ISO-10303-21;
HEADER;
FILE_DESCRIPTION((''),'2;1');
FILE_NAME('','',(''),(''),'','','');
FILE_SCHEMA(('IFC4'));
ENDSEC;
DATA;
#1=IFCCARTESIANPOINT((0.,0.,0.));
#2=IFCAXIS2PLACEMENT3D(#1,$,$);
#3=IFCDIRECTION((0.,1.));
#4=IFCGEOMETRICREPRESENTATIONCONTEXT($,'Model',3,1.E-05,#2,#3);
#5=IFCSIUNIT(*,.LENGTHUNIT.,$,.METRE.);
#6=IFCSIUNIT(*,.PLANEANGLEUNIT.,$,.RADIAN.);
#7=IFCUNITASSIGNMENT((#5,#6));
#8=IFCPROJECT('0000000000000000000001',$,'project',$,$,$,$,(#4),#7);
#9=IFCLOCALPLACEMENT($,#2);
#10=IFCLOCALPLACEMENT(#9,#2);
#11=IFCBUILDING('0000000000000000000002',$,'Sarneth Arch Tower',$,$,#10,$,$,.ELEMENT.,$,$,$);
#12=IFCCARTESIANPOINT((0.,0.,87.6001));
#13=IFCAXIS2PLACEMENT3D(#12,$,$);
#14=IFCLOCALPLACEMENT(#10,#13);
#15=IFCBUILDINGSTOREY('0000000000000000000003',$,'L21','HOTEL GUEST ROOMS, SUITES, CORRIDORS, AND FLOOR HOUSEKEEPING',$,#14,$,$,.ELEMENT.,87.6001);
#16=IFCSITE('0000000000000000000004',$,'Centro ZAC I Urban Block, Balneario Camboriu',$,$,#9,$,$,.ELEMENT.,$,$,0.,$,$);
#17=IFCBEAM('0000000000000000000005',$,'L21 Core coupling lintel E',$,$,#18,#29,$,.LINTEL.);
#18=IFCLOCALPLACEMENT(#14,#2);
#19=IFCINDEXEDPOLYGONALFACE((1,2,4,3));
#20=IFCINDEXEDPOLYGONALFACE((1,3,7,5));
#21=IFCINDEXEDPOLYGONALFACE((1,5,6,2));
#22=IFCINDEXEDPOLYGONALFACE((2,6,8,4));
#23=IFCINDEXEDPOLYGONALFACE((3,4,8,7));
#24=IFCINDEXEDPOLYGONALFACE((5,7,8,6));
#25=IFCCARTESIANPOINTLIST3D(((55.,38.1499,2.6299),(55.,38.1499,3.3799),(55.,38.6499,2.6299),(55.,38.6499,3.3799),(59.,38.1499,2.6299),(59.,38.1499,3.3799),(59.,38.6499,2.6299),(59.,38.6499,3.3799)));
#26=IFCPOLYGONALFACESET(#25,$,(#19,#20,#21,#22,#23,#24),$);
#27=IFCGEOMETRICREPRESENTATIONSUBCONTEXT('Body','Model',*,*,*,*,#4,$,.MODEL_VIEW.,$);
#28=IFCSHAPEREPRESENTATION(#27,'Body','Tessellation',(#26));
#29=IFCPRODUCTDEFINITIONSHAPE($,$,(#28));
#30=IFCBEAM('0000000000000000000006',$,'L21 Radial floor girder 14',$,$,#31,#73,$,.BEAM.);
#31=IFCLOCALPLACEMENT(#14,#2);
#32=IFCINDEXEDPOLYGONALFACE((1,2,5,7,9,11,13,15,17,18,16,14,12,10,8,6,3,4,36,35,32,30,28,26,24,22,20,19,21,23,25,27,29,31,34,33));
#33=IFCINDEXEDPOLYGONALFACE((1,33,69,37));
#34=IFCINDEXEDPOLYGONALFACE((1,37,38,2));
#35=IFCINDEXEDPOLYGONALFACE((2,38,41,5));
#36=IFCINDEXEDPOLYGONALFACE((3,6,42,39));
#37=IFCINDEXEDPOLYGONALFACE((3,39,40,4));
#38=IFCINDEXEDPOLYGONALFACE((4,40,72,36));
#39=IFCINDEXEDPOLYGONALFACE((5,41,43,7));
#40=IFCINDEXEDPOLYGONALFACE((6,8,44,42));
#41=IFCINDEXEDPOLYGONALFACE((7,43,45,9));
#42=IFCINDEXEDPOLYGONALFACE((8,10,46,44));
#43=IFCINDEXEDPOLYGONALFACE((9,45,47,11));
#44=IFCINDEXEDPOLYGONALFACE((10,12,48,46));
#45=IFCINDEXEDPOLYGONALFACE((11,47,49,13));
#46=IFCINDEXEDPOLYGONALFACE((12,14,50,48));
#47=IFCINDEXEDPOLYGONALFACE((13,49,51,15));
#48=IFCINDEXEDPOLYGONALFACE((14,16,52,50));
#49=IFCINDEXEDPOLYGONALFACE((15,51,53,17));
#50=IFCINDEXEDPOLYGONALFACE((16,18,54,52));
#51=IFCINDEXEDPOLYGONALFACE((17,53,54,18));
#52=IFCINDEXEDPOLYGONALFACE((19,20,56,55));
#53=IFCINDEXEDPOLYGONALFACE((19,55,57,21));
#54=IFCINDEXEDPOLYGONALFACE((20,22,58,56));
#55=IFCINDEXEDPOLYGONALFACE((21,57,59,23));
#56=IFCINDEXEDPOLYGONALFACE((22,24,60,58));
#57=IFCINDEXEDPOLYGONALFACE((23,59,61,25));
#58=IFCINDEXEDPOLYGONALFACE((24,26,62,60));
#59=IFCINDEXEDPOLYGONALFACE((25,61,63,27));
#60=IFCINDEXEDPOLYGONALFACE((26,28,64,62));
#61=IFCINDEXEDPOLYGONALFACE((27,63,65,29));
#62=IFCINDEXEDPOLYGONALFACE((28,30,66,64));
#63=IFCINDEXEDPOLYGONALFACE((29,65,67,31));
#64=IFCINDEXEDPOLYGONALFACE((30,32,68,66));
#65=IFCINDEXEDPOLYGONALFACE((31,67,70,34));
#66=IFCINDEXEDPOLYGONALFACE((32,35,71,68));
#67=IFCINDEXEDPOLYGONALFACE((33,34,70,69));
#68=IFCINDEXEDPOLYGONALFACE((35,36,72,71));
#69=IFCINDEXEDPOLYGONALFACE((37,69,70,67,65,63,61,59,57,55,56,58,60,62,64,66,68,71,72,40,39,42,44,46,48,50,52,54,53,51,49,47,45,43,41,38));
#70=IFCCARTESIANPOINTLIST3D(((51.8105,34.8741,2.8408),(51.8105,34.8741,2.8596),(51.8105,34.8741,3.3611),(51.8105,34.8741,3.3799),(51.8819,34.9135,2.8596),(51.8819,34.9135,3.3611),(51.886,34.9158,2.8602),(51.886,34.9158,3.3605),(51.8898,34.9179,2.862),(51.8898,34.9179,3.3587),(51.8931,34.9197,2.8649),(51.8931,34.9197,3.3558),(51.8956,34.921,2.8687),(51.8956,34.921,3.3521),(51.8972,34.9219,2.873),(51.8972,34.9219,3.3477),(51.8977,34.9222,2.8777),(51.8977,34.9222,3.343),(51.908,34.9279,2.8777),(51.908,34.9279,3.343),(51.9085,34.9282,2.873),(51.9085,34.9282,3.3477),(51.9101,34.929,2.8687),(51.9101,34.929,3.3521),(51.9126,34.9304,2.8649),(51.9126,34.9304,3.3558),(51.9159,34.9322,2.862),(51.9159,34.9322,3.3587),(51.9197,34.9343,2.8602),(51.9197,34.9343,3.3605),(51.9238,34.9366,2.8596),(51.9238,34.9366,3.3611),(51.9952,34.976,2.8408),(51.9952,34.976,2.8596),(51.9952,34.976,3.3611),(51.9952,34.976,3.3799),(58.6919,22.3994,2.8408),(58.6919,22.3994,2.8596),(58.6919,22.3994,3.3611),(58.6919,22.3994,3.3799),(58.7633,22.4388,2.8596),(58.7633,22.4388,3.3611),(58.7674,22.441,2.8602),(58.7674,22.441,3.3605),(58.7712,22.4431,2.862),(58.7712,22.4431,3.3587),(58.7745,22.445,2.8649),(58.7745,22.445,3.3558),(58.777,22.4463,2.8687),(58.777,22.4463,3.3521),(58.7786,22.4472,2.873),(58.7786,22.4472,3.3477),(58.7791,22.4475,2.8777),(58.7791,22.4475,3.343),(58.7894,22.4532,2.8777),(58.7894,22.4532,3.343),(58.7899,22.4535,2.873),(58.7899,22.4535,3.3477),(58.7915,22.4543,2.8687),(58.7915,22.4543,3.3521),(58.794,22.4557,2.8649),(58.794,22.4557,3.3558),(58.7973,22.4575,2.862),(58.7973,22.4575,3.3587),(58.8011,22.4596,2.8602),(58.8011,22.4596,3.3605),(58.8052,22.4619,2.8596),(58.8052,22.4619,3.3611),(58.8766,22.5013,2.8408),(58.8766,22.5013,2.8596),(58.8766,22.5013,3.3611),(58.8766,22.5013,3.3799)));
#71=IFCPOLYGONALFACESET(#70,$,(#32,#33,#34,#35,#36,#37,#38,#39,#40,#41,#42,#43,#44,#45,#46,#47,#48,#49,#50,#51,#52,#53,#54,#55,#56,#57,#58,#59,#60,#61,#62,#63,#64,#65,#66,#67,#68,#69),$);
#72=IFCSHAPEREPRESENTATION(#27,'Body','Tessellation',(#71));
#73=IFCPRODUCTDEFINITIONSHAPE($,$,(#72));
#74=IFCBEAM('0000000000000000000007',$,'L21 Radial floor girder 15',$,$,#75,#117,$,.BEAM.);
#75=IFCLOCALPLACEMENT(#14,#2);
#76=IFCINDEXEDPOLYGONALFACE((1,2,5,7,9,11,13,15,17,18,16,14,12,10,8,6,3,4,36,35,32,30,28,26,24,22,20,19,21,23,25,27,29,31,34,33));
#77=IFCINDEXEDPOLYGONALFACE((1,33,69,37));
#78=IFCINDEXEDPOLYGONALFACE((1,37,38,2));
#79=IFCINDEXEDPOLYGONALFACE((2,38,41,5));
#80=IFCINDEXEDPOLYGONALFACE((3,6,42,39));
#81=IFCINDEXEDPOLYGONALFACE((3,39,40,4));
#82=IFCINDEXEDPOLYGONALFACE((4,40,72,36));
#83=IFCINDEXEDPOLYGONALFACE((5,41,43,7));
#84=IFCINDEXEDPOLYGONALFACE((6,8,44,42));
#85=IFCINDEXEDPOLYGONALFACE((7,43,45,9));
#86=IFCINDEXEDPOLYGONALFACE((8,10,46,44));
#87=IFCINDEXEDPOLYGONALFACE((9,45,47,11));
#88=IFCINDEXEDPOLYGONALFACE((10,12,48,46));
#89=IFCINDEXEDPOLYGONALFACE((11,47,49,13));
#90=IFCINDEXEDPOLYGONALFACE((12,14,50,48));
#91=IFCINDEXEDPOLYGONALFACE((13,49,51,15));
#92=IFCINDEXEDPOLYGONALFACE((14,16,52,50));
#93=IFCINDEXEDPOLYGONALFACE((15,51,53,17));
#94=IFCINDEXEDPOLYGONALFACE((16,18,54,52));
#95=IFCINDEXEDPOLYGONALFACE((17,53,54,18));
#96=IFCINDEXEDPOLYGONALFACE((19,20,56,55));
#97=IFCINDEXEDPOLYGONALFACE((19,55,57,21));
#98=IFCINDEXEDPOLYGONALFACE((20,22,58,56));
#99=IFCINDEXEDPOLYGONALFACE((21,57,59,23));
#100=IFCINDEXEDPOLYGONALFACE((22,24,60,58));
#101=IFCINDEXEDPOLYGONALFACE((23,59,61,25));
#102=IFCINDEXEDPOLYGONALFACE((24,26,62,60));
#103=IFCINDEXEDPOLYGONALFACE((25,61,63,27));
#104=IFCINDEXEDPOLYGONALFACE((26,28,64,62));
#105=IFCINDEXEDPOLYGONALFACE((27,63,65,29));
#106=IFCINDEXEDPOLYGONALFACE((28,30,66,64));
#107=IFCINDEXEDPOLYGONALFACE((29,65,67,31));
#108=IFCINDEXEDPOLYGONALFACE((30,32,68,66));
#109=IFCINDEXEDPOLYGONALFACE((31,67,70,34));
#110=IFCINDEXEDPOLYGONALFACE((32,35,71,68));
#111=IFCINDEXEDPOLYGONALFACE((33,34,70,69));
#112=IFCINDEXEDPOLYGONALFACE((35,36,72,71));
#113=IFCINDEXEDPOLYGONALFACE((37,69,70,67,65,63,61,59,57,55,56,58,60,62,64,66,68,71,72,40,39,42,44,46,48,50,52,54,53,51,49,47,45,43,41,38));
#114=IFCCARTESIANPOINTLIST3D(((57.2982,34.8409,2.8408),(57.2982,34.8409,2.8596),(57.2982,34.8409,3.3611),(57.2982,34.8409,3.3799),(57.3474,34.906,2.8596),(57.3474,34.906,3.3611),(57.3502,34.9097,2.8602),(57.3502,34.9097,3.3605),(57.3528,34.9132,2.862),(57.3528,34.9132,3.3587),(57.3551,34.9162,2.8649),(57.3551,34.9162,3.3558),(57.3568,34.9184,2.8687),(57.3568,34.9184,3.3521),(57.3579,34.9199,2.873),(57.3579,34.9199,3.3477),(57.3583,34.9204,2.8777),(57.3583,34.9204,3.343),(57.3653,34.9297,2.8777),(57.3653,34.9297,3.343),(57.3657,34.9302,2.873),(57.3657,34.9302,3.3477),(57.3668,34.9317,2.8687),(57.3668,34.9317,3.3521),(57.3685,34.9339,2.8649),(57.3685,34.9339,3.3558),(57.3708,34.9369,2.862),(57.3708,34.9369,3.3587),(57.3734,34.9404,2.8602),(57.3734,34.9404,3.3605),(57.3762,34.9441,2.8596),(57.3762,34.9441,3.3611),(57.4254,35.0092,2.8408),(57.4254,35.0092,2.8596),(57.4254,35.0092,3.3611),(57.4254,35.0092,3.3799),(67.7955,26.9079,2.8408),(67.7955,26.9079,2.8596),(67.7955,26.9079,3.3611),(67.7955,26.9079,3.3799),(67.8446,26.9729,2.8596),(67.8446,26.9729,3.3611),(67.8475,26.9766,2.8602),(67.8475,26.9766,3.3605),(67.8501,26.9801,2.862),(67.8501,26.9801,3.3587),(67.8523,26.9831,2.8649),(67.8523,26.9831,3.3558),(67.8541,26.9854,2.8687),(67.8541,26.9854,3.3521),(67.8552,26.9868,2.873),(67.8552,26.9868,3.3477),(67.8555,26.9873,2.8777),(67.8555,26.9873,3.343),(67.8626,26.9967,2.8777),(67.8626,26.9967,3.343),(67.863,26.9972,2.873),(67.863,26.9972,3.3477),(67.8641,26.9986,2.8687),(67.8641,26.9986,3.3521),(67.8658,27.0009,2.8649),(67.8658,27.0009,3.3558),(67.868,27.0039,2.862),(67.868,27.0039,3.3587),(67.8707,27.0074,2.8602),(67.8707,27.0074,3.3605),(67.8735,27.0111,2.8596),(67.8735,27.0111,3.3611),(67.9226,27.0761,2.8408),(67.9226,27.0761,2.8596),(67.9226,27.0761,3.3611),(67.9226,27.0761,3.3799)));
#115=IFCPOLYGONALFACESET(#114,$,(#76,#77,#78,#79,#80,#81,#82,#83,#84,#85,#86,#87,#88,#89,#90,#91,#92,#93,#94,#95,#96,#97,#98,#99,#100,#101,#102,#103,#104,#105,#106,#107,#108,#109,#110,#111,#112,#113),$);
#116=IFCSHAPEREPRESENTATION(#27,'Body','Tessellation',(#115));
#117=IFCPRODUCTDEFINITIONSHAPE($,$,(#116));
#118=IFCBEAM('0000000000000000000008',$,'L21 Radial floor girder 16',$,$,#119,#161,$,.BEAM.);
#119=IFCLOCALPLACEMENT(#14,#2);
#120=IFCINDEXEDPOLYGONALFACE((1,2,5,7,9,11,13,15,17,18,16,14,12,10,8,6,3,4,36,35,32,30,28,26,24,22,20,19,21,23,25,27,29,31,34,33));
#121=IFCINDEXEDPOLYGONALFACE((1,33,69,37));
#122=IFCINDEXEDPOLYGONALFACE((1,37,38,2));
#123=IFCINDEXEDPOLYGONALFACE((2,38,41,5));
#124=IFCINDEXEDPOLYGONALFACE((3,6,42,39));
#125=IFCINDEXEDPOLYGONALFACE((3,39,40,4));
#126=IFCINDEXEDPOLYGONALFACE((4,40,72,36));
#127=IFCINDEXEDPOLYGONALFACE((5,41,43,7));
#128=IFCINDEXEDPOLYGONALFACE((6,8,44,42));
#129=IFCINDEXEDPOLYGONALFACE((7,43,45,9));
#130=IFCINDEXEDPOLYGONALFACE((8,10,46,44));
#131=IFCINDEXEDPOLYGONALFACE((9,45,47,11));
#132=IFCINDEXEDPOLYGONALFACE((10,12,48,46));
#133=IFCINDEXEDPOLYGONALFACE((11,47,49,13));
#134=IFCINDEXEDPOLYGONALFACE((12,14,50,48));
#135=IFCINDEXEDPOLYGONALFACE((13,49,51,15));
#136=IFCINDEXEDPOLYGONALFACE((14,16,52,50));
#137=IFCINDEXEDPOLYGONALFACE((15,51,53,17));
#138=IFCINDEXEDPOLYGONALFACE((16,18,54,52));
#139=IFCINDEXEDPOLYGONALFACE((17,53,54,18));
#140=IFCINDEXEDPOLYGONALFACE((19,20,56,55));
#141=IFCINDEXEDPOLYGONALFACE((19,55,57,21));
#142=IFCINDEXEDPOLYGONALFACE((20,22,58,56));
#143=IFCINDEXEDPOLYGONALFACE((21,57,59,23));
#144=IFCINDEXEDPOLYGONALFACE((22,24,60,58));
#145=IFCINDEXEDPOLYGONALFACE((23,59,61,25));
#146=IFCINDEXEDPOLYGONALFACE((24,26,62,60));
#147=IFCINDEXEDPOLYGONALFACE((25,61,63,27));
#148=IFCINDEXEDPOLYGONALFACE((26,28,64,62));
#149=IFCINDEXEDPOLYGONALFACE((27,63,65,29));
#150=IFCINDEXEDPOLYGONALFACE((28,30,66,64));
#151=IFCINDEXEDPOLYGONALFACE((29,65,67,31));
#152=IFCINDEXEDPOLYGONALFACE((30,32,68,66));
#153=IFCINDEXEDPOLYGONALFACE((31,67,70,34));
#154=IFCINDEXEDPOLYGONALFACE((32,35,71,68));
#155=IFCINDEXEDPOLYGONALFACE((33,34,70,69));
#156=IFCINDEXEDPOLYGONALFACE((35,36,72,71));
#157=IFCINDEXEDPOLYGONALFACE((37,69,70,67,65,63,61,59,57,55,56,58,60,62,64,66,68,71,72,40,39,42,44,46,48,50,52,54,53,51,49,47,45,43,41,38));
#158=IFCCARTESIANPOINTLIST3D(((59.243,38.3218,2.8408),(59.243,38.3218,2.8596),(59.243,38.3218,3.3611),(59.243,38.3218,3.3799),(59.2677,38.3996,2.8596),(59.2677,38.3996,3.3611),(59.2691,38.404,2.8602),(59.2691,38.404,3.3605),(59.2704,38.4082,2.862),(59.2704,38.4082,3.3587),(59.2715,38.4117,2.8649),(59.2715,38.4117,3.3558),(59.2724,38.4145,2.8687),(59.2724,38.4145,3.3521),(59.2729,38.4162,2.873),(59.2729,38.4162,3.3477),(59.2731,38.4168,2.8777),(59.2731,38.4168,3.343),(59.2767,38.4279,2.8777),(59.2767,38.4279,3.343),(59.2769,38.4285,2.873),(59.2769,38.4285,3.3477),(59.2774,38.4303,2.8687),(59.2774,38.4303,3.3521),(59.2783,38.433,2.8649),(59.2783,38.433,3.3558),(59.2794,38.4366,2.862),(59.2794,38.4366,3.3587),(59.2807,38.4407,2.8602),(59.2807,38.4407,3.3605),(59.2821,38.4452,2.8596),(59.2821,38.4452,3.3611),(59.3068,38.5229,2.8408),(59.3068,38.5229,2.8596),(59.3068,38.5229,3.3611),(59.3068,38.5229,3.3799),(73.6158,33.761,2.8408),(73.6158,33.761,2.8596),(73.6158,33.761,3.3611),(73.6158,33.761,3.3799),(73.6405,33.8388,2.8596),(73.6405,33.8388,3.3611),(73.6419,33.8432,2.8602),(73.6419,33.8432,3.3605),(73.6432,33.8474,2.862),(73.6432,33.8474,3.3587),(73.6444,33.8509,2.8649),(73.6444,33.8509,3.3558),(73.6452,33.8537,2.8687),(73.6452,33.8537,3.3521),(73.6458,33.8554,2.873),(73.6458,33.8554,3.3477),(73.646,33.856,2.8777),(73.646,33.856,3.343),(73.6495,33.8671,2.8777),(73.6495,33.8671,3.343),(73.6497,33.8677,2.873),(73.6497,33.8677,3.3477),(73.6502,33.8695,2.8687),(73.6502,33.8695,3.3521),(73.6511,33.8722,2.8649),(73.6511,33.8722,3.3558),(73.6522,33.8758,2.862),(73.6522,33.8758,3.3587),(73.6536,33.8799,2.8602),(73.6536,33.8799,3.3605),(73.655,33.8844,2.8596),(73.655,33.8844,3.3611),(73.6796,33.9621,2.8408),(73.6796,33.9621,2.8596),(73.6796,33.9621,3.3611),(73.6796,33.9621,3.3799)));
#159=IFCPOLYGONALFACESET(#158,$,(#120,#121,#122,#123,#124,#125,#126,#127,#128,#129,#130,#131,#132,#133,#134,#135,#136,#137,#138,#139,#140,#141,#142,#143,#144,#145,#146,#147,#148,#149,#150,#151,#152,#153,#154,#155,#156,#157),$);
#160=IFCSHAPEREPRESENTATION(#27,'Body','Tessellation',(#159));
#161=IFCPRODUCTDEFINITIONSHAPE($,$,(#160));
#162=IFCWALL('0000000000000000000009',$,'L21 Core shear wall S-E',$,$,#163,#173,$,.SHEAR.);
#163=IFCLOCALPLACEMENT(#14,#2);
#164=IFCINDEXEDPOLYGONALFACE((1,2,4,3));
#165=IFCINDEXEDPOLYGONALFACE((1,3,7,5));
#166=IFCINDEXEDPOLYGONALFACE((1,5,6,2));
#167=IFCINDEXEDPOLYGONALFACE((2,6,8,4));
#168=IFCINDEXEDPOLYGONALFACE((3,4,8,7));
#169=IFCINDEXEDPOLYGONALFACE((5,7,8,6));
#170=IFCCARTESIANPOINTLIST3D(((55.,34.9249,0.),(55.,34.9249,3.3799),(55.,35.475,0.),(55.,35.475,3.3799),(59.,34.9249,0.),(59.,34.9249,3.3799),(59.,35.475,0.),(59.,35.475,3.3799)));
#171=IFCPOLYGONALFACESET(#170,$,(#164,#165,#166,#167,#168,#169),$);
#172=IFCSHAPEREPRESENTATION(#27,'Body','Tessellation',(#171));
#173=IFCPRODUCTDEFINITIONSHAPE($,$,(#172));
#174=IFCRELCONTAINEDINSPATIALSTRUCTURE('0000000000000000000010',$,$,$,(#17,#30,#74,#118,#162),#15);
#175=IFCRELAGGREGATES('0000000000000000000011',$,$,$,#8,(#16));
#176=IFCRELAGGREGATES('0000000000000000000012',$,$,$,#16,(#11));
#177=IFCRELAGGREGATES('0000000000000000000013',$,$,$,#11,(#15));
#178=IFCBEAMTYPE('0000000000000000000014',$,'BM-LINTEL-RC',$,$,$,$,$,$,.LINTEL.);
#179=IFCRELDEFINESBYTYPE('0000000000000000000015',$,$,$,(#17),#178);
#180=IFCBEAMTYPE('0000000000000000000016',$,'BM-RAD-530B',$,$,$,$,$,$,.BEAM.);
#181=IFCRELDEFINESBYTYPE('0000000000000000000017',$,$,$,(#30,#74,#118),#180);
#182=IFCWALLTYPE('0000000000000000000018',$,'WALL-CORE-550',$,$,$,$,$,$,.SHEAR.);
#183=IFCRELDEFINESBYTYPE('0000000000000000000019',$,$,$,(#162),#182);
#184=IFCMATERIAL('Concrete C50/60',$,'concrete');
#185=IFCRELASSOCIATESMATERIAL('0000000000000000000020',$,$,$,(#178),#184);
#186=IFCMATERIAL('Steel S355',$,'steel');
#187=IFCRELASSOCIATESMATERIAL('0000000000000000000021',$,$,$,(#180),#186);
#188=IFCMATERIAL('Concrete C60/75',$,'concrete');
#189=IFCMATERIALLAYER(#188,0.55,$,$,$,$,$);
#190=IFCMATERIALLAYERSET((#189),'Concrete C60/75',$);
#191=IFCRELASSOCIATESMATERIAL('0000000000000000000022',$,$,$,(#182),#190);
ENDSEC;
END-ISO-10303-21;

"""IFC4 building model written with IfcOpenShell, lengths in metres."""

from ifc_helpers import new_model, si_unit, direction, frame, frame_2d, origin, origin_2d, place, context, subcontext, project, spatial, rectangle, i_section, extrude, material, layer, layer_set, material_profile, profile_set, type_object, element, save


model = new_model("IFC4")

# Units and contexts
model_context = context("Model", 3, precision=1e-05, world=origin(), true_north=direction((0.0, 1.0)))
body_context = subcontext(model_context, "Body", "Model", "MODEL_VIEW")
ifc_project = project(units=[si_unit("LENGTHUNIT", "METRE"), si_unit("PLANEANGLEUNIT", "RADIAN")], contexts=[model_context])

# Site, building, storey
site_placement = place(None, origin())
site = spatial("IfcSite", under=ifc_project, at=site_placement, Name="Centro ZAC I Urban Block, Balneario Camboriu", CompositionType="ELEMENT", RefElevation=0.0)
building_placement = place(site_placement, origin())
building = spatial("IfcBuilding", under=site, at=building_placement, Name="Sarneth Arch Tower", CompositionType="ELEMENT")
storey_placement = place(building_placement, frame((0.0, 0.0, 87.6001)))
storey = spatial("IfcBuildingStorey", under=building, at=storey_placement, Name="L21", Description="HOTEL GUEST ROOMS, SUITES, CORRIDORS, AND FLOOR HOUSEKEEPING", CompositionType="ELEMENT", Elevation=87.6001)

# Beams
ifc_material_1 = material(Name="Concrete C50/60", Category="concrete")
ifc_material_profile_1 = material_profile(ifc_material_1, rectangle(XDim=0.5, YDim=0.75, at=origin_2d()), Name="RC-500x750")
ifc_profile_set_1 = profile_set([ifc_material_profile_1], Name="Concrete C50/60")
beam_type_1 = type_object("IfcBeamType", Name="BM-LINTEL-RC", PredefinedType="LINTEL", material=ifc_profile_set_1)
beam_1_placement = place(storey_placement, frame((55.0, 38.3999, 3.0049), z_axis=(1.0, 0.0, 0.0), x_axis=(0.0, 1.0, 0.0)))
element("IfcBeam", 1, at=beam_1_placement, inside=storey, type_object=beam_type_1, Name="L21 Core coupling lintel E", PredefinedType="LINTEL", context=body_context, shape_type="SweptSolid", body=[
    extrude(rectangle(XDim=0.5, YDim=0.75, at=origin_2d()), origin(), (0.0, 0.0, 1.0), 4.0),
])
ifc_material_2 = material(Name="Steel S355", Category="steel")
ifc_material_profile_2 = material_profile(ifc_material_2, i_section(OverallWidth=0.2109, OverallDepth=0.5391, WebThickness=0.0117, FlangeThickness=0.0188, FilletRadius=0.0181, at=origin_2d()), Name="W530x109")
ifc_profile_set_2 = profile_set([ifc_material_profile_2], Name="Steel S355")
beam_type_2 = type_object("IfcBeamType", Name="BM-RAD-530B", PredefinedType="BEAM", material=ifc_profile_set_2)
beam_2_placement = place(storey_placement, frame((51.9028, 34.925, 3.1104), z_axis=(0.483013, -0.875613, 0.0), x_axis=(0.875613, 0.483013, 0.0)))
element("IfcBeam", 2, at=beam_2_placement, inside=storey, type_object=beam_type_2, Name="L21 Radial floor girder 14", PredefinedType="BEAM", context=body_context, shape_type="SweptSolid", body=[
    extrude(i_section(OverallWidth=0.2109, OverallDepth=0.5391, WebThickness=0.0117, FlangeThickness=0.0188, FilletRadius=0.0181, at=origin_2d()), origin(), (0.0, 0.0, 1.0), 14.2468),
])
beam_3_placement = place(storey_placement, frame((57.3618, 34.925, 3.1104), z_axis=(0.797801, -0.60292, 0.0), x_axis=(0.60292, 0.797801, 0.0)))
element("IfcBeam", 3, at=beam_3_placement, inside=storey, type_object=beam_type_2, Name="L21 Radial floor girder 15", PredefinedType="BEAM", context=body_context, shape_type="SweptSolid", body=[
    extrude(i_section(OverallWidth=0.2109, OverallDepth=0.5391, WebThickness=0.0117, FlangeThickness=0.0188, FilletRadius=0.0181, at=origin_2d()), origin(), (0.0, 0.0, 1.0), 13.1577),
])
beam_4_placement = place(storey_placement, frame((59.2749, 38.4224, 3.1104), z_axis=(0.953163, -0.302458, 0.0), x_axis=(0.302458, 0.953163, 0.0)))
element("IfcBeam", 4, at=beam_4_placement, inside=storey, type_object=beam_type_2, Name="L21 Radial floor girder 16", PredefinedType="BEAM", context=body_context, shape_type="SweptSolid", body=[
    extrude(i_section(OverallWidth=0.2109, OverallDepth=0.5391, WebThickness=0.0117, FlangeThickness=0.0188, FilletRadius=0.0181, at=origin_2d()), origin(), (0.0, 0.0, 1.0), 15.0791),
])

# Wall
ifc_material_3 = material(Name="Concrete C60/75", Category="concrete")
ifc_layer_1 = layer(ifc_material_3, 0.55)
ifc_layer_set_1 = layer_set([ifc_layer_1], Name="Concrete C60/75")
wall_type_1 = type_object("IfcWallType", Name="WALL-CORE-550", PredefinedType="SHEAR", material=ifc_layer_set_1)
wall_1_placement = place(storey_placement, frame((55.0, 35.2, 0.0), z_axis=(0.0, 0.0, 1.0), x_axis=(1.0, 0.0, 0.0)))
element("IfcWall", 5, at=wall_1_placement, inside=storey, type_object=wall_type_1, Name="L21 Core shear wall S-E", PredefinedType="SHEAR", context=body_context, shape_type="SweptSolid", body=[
    extrude(rectangle(XDim=4.0, YDim=0.55, at=frame_2d((2.0, 0.0))), origin(), (0.0, 0.0, 1.0), 3.3799),
])

save(model, "model.ifc")
